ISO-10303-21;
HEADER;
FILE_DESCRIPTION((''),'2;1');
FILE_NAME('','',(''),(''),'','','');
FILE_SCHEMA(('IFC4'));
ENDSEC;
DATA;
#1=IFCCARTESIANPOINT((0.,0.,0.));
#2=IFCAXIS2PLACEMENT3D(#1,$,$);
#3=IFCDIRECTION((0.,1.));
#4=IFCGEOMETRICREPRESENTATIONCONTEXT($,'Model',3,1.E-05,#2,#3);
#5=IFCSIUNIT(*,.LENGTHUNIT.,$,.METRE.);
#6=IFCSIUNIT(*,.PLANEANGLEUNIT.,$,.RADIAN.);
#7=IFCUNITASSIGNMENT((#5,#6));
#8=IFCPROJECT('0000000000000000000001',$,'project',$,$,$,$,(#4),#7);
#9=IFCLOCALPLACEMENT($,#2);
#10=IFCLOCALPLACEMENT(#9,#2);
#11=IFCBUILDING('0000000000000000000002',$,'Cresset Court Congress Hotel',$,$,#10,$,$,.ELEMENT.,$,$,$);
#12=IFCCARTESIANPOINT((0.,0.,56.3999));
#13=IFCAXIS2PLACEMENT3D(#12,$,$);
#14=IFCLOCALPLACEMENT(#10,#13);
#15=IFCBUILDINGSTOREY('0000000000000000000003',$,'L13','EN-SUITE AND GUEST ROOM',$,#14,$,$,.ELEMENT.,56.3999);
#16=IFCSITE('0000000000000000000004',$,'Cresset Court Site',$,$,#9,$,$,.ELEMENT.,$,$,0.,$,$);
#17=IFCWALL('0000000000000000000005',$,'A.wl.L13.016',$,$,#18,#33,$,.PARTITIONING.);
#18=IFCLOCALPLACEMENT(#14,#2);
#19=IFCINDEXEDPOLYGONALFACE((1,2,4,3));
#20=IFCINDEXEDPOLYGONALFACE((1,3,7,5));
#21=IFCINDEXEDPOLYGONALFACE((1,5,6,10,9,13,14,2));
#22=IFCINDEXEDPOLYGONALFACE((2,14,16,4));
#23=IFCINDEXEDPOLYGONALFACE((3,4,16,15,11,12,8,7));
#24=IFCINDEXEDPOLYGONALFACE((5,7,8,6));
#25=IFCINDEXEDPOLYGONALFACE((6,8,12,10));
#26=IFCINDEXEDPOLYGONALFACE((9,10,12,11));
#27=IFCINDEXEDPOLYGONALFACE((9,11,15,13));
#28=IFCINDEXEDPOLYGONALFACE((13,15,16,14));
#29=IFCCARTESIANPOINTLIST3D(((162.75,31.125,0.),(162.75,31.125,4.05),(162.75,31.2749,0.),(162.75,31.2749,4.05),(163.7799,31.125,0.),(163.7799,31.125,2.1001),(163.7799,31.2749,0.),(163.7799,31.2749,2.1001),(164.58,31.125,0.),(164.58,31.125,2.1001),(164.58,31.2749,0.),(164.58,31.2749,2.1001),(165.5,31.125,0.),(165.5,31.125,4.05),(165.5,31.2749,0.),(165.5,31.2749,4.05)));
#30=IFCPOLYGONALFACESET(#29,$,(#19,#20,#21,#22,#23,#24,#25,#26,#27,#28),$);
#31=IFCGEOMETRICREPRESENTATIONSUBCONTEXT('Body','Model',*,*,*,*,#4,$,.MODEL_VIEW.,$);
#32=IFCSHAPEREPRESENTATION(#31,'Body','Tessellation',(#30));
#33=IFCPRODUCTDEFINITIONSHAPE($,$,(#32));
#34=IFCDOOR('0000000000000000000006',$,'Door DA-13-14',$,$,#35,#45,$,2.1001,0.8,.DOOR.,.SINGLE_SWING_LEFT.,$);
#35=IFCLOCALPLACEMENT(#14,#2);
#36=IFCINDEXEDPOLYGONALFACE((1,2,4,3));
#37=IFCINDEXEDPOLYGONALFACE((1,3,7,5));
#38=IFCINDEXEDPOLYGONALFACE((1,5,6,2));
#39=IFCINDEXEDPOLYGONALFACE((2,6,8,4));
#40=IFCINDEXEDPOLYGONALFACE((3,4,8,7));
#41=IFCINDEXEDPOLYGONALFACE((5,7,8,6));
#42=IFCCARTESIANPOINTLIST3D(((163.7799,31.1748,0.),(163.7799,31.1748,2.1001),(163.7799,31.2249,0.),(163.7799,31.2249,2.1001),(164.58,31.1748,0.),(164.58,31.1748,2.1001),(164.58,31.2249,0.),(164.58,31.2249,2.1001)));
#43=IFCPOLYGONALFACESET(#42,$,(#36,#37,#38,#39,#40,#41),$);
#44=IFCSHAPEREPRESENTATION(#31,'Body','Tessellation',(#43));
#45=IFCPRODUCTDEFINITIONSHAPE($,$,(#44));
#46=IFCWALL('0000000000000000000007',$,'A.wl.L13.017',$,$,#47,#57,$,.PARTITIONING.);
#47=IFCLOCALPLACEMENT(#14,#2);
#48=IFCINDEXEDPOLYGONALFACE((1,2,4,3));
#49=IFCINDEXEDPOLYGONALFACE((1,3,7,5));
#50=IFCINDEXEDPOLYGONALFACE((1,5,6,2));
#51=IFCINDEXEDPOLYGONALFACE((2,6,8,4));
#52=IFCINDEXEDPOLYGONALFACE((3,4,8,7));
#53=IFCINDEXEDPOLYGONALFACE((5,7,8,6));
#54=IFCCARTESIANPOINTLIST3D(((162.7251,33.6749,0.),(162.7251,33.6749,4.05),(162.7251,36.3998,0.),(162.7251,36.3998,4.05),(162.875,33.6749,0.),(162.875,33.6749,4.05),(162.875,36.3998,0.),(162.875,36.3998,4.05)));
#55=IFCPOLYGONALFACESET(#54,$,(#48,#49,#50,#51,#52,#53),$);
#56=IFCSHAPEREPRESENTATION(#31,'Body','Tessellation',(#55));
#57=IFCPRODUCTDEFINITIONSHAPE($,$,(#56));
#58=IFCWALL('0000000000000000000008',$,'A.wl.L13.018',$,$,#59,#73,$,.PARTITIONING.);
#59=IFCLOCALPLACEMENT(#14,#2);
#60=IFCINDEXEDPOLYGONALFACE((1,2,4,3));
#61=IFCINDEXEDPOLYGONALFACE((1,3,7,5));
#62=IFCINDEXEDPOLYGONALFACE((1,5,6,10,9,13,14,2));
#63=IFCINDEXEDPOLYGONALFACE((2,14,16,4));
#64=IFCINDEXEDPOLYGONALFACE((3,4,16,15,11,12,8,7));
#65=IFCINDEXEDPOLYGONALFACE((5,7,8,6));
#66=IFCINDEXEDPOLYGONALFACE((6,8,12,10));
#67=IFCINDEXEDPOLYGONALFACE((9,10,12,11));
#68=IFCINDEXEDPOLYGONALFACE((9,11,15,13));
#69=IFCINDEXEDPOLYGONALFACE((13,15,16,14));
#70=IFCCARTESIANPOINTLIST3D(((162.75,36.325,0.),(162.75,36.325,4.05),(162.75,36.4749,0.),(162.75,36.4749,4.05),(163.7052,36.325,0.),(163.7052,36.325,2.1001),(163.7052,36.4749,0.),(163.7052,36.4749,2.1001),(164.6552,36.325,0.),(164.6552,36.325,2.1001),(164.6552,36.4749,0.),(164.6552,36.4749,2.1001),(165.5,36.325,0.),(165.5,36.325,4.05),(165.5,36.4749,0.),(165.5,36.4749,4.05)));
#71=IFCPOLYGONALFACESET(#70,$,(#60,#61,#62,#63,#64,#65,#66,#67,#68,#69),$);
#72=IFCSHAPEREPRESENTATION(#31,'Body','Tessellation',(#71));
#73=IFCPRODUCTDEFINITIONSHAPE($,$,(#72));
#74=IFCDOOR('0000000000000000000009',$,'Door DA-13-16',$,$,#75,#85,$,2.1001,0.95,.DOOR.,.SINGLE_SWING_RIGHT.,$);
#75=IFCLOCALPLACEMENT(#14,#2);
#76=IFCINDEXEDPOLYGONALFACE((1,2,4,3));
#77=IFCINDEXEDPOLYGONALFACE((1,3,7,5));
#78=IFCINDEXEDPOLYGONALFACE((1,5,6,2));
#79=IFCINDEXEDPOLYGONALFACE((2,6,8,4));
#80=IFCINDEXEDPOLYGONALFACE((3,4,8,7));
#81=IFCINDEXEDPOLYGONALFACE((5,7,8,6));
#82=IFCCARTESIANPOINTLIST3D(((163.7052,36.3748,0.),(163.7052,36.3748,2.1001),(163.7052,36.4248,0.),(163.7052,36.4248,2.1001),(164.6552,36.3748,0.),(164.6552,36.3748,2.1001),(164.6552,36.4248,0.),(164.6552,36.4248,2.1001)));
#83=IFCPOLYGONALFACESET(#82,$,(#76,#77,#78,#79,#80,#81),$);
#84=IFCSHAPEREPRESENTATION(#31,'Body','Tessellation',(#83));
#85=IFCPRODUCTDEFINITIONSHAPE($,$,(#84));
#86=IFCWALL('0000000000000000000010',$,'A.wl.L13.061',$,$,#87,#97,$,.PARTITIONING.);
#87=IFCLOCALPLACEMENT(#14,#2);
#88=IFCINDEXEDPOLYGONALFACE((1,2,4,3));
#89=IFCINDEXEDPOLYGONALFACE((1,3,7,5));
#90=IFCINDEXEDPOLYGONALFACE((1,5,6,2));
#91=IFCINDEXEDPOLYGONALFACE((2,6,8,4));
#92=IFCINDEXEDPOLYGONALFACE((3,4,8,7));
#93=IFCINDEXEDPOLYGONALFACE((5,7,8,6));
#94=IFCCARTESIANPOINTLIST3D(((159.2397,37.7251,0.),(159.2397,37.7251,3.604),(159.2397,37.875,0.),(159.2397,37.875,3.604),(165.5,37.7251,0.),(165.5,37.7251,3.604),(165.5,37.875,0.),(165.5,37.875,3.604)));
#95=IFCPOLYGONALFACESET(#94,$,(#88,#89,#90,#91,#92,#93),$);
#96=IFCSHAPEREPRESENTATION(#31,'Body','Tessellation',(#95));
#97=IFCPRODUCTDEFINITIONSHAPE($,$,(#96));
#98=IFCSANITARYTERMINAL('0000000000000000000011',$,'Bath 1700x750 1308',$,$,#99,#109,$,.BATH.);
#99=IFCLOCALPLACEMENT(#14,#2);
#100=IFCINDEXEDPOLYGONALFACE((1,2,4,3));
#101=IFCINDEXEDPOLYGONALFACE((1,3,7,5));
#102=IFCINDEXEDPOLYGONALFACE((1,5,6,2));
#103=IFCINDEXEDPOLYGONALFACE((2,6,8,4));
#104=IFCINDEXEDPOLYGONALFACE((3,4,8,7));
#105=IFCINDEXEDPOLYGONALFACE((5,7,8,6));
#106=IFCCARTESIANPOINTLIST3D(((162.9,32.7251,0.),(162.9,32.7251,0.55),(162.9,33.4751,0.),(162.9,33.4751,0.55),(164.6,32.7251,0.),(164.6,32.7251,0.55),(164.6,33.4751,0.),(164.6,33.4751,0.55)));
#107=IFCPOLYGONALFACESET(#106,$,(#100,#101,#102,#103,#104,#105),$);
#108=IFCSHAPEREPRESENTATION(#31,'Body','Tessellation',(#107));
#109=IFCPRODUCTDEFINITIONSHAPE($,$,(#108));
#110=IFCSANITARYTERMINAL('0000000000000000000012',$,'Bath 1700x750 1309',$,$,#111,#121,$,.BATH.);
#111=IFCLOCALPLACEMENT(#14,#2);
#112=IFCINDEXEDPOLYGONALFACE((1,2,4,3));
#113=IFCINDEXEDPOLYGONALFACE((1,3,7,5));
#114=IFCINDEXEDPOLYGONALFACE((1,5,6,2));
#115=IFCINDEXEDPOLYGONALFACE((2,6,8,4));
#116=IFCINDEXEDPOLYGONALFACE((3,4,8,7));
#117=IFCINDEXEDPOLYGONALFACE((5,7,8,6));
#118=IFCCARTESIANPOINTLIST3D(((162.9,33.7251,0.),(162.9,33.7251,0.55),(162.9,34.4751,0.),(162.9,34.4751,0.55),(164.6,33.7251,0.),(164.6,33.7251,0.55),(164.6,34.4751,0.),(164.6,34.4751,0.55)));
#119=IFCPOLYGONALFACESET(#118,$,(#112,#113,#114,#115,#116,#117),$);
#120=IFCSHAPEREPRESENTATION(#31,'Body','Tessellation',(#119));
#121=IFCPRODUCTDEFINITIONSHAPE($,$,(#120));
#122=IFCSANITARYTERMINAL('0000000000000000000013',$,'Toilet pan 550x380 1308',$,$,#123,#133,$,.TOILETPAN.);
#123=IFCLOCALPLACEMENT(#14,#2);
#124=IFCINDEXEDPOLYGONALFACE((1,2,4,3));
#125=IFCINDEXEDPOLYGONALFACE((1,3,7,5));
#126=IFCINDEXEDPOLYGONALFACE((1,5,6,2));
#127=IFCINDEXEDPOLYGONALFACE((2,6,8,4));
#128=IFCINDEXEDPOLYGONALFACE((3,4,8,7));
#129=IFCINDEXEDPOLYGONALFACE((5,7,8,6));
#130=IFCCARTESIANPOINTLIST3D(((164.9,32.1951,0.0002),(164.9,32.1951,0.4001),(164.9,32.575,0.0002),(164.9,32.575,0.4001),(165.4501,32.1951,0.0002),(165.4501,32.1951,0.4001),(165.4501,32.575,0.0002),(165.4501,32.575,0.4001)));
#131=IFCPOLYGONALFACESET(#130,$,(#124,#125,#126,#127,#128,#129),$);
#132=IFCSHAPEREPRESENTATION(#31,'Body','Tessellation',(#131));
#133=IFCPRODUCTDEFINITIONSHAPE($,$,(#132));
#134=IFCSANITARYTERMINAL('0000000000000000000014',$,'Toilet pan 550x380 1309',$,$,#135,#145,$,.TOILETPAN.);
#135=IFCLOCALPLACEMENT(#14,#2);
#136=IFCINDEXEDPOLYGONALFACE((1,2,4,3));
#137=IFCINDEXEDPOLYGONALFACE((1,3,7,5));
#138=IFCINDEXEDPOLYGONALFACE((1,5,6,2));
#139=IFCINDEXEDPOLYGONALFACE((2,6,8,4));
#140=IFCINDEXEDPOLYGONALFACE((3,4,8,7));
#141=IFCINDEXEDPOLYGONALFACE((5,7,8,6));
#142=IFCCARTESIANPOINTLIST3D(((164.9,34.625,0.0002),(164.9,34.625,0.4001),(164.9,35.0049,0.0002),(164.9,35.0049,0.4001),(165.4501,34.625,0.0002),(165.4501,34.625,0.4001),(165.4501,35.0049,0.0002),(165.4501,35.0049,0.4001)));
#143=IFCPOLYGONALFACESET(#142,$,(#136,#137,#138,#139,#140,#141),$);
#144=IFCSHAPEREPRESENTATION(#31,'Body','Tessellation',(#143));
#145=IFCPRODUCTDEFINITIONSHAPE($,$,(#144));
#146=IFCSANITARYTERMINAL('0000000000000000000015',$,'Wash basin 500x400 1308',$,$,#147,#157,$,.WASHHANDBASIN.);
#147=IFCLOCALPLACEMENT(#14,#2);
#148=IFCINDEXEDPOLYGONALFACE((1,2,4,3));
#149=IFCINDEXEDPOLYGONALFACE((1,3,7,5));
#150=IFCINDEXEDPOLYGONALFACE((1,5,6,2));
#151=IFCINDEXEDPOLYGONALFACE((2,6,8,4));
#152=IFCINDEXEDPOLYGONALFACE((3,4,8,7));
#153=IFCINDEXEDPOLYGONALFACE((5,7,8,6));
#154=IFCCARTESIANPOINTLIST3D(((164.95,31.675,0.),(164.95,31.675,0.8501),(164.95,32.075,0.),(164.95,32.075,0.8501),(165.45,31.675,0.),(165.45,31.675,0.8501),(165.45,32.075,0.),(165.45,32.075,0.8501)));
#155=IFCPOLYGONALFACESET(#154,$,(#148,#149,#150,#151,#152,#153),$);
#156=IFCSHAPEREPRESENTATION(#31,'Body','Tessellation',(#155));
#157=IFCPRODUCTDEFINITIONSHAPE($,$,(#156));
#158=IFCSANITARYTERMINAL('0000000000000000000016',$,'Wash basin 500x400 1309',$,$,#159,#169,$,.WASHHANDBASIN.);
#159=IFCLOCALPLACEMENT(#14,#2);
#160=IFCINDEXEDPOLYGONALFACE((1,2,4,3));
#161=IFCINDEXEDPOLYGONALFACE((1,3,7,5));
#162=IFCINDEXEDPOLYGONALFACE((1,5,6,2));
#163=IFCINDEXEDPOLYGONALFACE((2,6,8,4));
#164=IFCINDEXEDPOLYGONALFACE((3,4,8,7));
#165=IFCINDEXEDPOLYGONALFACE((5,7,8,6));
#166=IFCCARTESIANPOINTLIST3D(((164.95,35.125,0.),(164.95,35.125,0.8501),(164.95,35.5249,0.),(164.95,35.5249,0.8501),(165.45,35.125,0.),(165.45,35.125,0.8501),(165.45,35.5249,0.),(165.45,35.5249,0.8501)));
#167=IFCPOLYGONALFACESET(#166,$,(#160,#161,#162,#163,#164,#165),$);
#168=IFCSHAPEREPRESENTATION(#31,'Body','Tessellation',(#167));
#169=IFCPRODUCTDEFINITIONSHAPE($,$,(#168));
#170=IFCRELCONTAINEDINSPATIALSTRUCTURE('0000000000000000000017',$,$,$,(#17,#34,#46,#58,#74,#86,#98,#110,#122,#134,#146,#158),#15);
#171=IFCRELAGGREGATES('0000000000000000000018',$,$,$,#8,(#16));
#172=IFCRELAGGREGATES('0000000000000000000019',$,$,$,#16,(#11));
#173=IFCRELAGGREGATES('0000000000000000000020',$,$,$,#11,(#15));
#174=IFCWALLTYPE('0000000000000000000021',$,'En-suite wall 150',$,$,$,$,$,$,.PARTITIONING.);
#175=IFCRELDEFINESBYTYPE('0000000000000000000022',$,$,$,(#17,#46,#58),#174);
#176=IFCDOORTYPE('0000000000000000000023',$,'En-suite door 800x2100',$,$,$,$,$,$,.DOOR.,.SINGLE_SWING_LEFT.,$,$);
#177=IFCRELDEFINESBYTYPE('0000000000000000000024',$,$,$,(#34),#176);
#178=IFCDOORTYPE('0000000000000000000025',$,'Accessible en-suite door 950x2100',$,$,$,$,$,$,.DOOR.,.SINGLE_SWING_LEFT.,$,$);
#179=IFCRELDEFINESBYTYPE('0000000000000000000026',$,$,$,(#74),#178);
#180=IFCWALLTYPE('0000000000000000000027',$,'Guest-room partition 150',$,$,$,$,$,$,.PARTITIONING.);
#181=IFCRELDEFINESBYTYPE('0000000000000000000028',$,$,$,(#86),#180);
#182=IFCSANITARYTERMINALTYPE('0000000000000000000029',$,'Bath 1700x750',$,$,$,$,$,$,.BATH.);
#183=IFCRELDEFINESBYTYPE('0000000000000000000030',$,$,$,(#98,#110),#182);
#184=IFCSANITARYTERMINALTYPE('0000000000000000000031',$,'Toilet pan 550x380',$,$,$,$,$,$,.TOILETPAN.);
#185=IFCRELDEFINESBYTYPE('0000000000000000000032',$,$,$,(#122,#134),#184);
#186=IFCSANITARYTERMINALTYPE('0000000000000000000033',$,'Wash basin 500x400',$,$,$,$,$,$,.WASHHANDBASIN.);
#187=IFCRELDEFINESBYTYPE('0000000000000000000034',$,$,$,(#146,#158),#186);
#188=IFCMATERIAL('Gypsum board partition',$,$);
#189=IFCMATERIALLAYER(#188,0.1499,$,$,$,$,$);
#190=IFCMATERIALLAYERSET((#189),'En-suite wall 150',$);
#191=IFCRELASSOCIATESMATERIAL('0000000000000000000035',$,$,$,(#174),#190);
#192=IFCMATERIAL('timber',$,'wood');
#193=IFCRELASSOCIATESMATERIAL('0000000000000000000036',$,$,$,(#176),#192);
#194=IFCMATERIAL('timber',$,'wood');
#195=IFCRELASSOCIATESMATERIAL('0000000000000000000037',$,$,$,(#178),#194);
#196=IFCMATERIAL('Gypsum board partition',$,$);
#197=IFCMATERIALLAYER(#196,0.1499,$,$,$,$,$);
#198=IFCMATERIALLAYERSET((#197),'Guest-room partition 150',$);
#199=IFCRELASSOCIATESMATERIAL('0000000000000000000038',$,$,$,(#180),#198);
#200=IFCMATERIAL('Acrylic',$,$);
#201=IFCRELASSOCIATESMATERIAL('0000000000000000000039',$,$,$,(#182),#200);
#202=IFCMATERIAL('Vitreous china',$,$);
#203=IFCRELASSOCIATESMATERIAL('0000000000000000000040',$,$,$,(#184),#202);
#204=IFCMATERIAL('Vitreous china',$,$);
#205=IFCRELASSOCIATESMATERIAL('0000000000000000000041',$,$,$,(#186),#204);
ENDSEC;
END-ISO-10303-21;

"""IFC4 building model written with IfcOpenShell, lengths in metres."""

from ifc_helpers import new_model, si_unit, direction, frame, frame_2d, origin, origin_2d, place, context, subcontext, project, spatial, rectangle, extrude, material, layer, layer_set, type_object, element, fill, save


model = new_model("IFC4")

# Units and contexts
model_context = context("Model", 3, precision=1e-05, world=origin(), true_north=direction((0.0, 1.0)))
body_context = subcontext(model_context, "Body", "Model", "MODEL_VIEW")
ifc_project = project(units=[si_unit("LENGTHUNIT", "METRE"), si_unit("PLANEANGLEUNIT", "RADIAN")], contexts=[model_context])

# Site, building, storey
site_placement = place(None, origin())
site = spatial("IfcSite", under=ifc_project, at=site_placement, Name="Cresset Court Site", CompositionType="ELEMENT", RefElevation=0.0)
building_placement = place(site_placement, origin())
building = spatial("IfcBuilding", under=site, at=building_placement, Name="Cresset Court Congress Hotel", CompositionType="ELEMENT")
storey_placement = place(building_placement, frame((0.0, 0.0, 56.3999)))
storey = spatial("IfcBuildingStorey", under=building, at=storey_placement, Name="L13", Description="EN-SUITE AND GUEST ROOM", CompositionType="ELEMENT", Elevation=56.3999)

# Shared definitions
ifc_material_1 = material(Name="Gypsum board partition")
ifc_layer_1 = layer(ifc_material_1, 0.1499)
ifc_layer_set_1 = layer_set([ifc_layer_1], Name="En-suite wall 150")
wall_type_1 = type_object("IfcWallType", Name="En-suite wall 150", PredefinedType="PARTITIONING", material=ifc_layer_set_1)

# Wall, opening, door
wall_1_placement = place(storey_placement, frame((162.75, 31.2, 0.0), z_axis=(0.0, 0.0, 1.0), x_axis=(1.0, 0.0, 0.0)))
wall_1 = element("IfcWall", 1, at=wall_1_placement, inside=storey, type_object=wall_type_1, Name="A.wl.L13.016", PredefinedType="PARTITIONING", context=body_context, shape_type="SweptSolid", body=[
    extrude(rectangle(XDim=2.75, YDim=0.1499, at=frame_2d((1.375, 0.0))), origin(), (0.0, 0.0, 1.0), 4.05),
])
opening_1_placement = place(wall_1_placement, frame((1.03, 0.0, 0.0)))
opening_1 = element("IfcOpeningElement", 2, at=opening_1_placement, cuts=wall_1, PredefinedType="OPENING", context=body_context, shape_type="SweptSolid", body=[
    extrude(rectangle(XDim=0.8, YDim=2.1001, at=frame_2d((0.3999, 1.05))), frame((0.0, 0.085, 0.0), z_axis=(0.0, -1.0, 0.0), x_axis=(1.0, 0.0, 0.0)), (0.0, 0.0, 1.0), 0.1699),
])
ifc_material_2 = material(Name="timber", Category="wood")
door_type_1 = type_object("IfcDoorType", Name="En-suite door 800x2100", OperationType="SINGLE_SWING_LEFT", PredefinedType="DOOR", material=ifc_material_2)
door_1_placement = place(opening_1_placement, origin())
door_1 = element("IfcDoor", 3, at=door_1_placement, inside=storey, type_object=door_type_1, Name="Door DA-13-14", OperationType="SINGLE_SWING_LEFT", OverallHeight=2.1001, OverallWidth=0.8, PredefinedType="DOOR", context=body_context, shape_type="SweptSolid", body=[
    extrude(rectangle(XDim=0.8, YDim=2.1001, at=frame_2d((0.3999, 1.05))), frame((0.0, 0.0249, 0.0), z_axis=(0.0, -1.0, 0.0), x_axis=(1.0, 0.0, 0.0)), (0.0, 0.0, 1.0), 0.05),
])
fill(opening_1, door_1)

# Wall
wall_2_placement = place(storey_placement, frame((162.8, 33.675, 0.0), z_axis=(0.0, 0.0, 1.0), x_axis=(0.0, 1.0, 0.0)))
element("IfcWall", 4, at=wall_2_placement, inside=storey, type_object=wall_type_1, Name="A.wl.L13.017", PredefinedType="PARTITIONING", context=body_context, shape_type="SweptSolid", body=[
    extrude(rectangle(XDim=2.7249, YDim=0.1499, at=frame_2d((1.3623, 0.0))), origin(), (0.0, 0.0, 1.0), 4.05),
])

# Wall, opening, door
wall_3_placement = place(storey_placement, frame((162.75, 36.3999, 0.0), z_axis=(0.0, 0.0, 1.0), x_axis=(1.0, 0.0, 0.0)))
wall_3 = element("IfcWall", 5, at=wall_3_placement, inside=storey, type_object=wall_type_1, Name="A.wl.L13.018", PredefinedType="PARTITIONING", context=body_context, shape_type="SweptSolid", body=[
    extrude(rectangle(XDim=2.75, YDim=0.1499, at=frame_2d((1.375, 0.0))), origin(), (0.0, 0.0, 1.0), 4.05),
])
opening_2_placement = place(wall_3_placement, frame((0.9551, 0.0, 0.0)))
opening_2 = element("IfcOpeningElement", 6, at=opening_2_placement, cuts=wall_3, PredefinedType="OPENING", context=body_context, shape_type="SweptSolid", body=[
    extrude(rectangle(XDim=0.95, YDim=2.1001, at=frame_2d((0.4751, 1.05))), frame((0.0, 0.085, 0.0), z_axis=(0.0, -1.0, 0.0), x_axis=(1.0, 0.0, 0.0)), (0.0, 0.0, 1.0), 0.1699),
])
ifc_material_3 = material(Name="timber", Category="wood")
door_type_2 = type_object("IfcDoorType", Name="Accessible en-suite door 950x2100", OperationType="SINGLE_SWING_LEFT", PredefinedType="DOOR", material=ifc_material_3)
door_2_placement = place(opening_2_placement, origin())
door_2 = element("IfcDoor", 7, at=door_2_placement, inside=storey, type_object=door_type_2, Name="Door DA-13-16", OperationType="SINGLE_SWING_RIGHT", OverallHeight=2.1001, OverallWidth=0.95, PredefinedType="DOOR", context=body_context, shape_type="SweptSolid", body=[
    extrude(rectangle(XDim=0.95, YDim=2.1001, at=frame_2d((0.4751, 1.05))), frame((0.0, 0.0249, 0.0), z_axis=(0.0, -1.0, 0.0), x_axis=(1.0, 0.0, 0.0)), (0.0, 0.0, 1.0), 0.05),
])
fill(opening_2, door_2)

# Wall
ifc_material_4 = material(Name="Gypsum board partition")
ifc_layer_2 = layer(ifc_material_4, 0.1499)
ifc_layer_set_2 = layer_set([ifc_layer_2], Name="Guest-room partition 150")
wall_type_2 = type_object("IfcWallType", Name="Guest-room partition 150", PredefinedType="PARTITIONING", material=ifc_layer_set_2)
wall_4_placement = place(storey_placement, frame((159.2397, 37.8, 0.0), z_axis=(0.0, 0.0, 1.0), x_axis=(1.0, 0.0, 0.0)))
element("IfcWall", 8, at=wall_4_placement, inside=storey, type_object=wall_type_2, Name="A.wl.L13.061", PredefinedType="PARTITIONING", context=body_context, shape_type="SweptSolid", body=[
    extrude(rectangle(XDim=6.2603, YDim=0.1499, at=frame_2d((3.1301, 0.0))), origin(), (0.0, 0.0, 1.0), 3.604),
])

# Sanitary terminals
ifc_material_5 = material(Name="Acrylic")
sanitary_terminal_type_1 = type_object("IfcSanitaryTerminalType", Name="Bath 1700x750", PredefinedType="BATH", material=ifc_material_5)
for number, where, z_axis, x_axis, name in (
    (9, (163.75, 33.1001, 0.0), (0.0, 0.0, 1.0), (1.0, 0.0, 0.0), "Bath 1700x750 1308"),
    (10, (163.75, 34.1001, 0.0), (0.0, 0.0, 1.0), (1.0, 0.0, 0.0), "Bath 1700x750 1309"),
):
    element("IfcSanitaryTerminal", number, at=place(storey_placement, frame(where, z_axis=z_axis, x_axis=x_axis)), inside=storey, type_object=sanitary_terminal_type_1, Name=name, PredefinedType="BATH", context=body_context, shape_type="SweptSolid", body=[
        extrude(rectangle(XDim=1.7, YDim=0.75, at=origin_2d()), origin(), (0.0, 0.0, 1.0), 0.55),
    ])
ifc_material_6 = material(Name="Vitreous china")
sanitary_terminal_type_2 = type_object("IfcSanitaryTerminalType", Name="Toilet pan 550x380", PredefinedType="TOILETPAN", material=ifc_material_6)
for number, where, z_axis, x_axis, name in (
    (11, (165.175, 32.385, 0.0002), (0.0, 0.0, 1.0), (1.0, 0.0, 0.0), "Toilet pan 550x380 1308"),
    (12, (165.175, 34.8149, 0.0002), (0.0, 0.0, 1.0), (1.0, 0.0, 0.0), "Toilet pan 550x380 1309"),
):
    element("IfcSanitaryTerminal", number, at=place(storey_placement, frame(where, z_axis=z_axis, x_axis=x_axis)), inside=storey, type_object=sanitary_terminal_type_2, Name=name, PredefinedType="TOILETPAN", context=body_context, shape_type="SweptSolid", body=[
        extrude(rectangle(XDim=0.55, YDim=0.3799, at=origin_2d()), origin(), (0.0, 0.0, 1.0), 0.3999),
    ])
ifc_material_7 = material(Name="Vitreous china")
sanitary_terminal_type_3 = type_object("IfcSanitaryTerminalType", Name="Wash basin 500x400", PredefinedType="WASHHANDBASIN", material=ifc_material_7)
for number, where, z_axis, x_axis, name in (
    (13, (165.2, 31.875, 0.0), (0.0, 0.0, 1.0), (1.0, 0.0, 0.0), "Wash basin 500x400 1308"),
    (14, (165.2, 35.325, 0.0), (0.0, 0.0, 1.0), (1.0, 0.0, 0.0), "Wash basin 500x400 1309"),
):
    element("IfcSanitaryTerminal", number, at=place(storey_placement, frame(where, z_axis=z_axis, x_axis=x_axis)), inside=storey, type_object=sanitary_terminal_type_3, Name=name, PredefinedType="WASHHANDBASIN", context=body_context, shape_type="SweptSolid", body=[
        extrude(rectangle(XDim=0.5, YDim=0.3999, at=origin_2d()), origin(), (0.0, 0.0, 1.0), 0.8501),
    ])

save(model, "model.ifc")
